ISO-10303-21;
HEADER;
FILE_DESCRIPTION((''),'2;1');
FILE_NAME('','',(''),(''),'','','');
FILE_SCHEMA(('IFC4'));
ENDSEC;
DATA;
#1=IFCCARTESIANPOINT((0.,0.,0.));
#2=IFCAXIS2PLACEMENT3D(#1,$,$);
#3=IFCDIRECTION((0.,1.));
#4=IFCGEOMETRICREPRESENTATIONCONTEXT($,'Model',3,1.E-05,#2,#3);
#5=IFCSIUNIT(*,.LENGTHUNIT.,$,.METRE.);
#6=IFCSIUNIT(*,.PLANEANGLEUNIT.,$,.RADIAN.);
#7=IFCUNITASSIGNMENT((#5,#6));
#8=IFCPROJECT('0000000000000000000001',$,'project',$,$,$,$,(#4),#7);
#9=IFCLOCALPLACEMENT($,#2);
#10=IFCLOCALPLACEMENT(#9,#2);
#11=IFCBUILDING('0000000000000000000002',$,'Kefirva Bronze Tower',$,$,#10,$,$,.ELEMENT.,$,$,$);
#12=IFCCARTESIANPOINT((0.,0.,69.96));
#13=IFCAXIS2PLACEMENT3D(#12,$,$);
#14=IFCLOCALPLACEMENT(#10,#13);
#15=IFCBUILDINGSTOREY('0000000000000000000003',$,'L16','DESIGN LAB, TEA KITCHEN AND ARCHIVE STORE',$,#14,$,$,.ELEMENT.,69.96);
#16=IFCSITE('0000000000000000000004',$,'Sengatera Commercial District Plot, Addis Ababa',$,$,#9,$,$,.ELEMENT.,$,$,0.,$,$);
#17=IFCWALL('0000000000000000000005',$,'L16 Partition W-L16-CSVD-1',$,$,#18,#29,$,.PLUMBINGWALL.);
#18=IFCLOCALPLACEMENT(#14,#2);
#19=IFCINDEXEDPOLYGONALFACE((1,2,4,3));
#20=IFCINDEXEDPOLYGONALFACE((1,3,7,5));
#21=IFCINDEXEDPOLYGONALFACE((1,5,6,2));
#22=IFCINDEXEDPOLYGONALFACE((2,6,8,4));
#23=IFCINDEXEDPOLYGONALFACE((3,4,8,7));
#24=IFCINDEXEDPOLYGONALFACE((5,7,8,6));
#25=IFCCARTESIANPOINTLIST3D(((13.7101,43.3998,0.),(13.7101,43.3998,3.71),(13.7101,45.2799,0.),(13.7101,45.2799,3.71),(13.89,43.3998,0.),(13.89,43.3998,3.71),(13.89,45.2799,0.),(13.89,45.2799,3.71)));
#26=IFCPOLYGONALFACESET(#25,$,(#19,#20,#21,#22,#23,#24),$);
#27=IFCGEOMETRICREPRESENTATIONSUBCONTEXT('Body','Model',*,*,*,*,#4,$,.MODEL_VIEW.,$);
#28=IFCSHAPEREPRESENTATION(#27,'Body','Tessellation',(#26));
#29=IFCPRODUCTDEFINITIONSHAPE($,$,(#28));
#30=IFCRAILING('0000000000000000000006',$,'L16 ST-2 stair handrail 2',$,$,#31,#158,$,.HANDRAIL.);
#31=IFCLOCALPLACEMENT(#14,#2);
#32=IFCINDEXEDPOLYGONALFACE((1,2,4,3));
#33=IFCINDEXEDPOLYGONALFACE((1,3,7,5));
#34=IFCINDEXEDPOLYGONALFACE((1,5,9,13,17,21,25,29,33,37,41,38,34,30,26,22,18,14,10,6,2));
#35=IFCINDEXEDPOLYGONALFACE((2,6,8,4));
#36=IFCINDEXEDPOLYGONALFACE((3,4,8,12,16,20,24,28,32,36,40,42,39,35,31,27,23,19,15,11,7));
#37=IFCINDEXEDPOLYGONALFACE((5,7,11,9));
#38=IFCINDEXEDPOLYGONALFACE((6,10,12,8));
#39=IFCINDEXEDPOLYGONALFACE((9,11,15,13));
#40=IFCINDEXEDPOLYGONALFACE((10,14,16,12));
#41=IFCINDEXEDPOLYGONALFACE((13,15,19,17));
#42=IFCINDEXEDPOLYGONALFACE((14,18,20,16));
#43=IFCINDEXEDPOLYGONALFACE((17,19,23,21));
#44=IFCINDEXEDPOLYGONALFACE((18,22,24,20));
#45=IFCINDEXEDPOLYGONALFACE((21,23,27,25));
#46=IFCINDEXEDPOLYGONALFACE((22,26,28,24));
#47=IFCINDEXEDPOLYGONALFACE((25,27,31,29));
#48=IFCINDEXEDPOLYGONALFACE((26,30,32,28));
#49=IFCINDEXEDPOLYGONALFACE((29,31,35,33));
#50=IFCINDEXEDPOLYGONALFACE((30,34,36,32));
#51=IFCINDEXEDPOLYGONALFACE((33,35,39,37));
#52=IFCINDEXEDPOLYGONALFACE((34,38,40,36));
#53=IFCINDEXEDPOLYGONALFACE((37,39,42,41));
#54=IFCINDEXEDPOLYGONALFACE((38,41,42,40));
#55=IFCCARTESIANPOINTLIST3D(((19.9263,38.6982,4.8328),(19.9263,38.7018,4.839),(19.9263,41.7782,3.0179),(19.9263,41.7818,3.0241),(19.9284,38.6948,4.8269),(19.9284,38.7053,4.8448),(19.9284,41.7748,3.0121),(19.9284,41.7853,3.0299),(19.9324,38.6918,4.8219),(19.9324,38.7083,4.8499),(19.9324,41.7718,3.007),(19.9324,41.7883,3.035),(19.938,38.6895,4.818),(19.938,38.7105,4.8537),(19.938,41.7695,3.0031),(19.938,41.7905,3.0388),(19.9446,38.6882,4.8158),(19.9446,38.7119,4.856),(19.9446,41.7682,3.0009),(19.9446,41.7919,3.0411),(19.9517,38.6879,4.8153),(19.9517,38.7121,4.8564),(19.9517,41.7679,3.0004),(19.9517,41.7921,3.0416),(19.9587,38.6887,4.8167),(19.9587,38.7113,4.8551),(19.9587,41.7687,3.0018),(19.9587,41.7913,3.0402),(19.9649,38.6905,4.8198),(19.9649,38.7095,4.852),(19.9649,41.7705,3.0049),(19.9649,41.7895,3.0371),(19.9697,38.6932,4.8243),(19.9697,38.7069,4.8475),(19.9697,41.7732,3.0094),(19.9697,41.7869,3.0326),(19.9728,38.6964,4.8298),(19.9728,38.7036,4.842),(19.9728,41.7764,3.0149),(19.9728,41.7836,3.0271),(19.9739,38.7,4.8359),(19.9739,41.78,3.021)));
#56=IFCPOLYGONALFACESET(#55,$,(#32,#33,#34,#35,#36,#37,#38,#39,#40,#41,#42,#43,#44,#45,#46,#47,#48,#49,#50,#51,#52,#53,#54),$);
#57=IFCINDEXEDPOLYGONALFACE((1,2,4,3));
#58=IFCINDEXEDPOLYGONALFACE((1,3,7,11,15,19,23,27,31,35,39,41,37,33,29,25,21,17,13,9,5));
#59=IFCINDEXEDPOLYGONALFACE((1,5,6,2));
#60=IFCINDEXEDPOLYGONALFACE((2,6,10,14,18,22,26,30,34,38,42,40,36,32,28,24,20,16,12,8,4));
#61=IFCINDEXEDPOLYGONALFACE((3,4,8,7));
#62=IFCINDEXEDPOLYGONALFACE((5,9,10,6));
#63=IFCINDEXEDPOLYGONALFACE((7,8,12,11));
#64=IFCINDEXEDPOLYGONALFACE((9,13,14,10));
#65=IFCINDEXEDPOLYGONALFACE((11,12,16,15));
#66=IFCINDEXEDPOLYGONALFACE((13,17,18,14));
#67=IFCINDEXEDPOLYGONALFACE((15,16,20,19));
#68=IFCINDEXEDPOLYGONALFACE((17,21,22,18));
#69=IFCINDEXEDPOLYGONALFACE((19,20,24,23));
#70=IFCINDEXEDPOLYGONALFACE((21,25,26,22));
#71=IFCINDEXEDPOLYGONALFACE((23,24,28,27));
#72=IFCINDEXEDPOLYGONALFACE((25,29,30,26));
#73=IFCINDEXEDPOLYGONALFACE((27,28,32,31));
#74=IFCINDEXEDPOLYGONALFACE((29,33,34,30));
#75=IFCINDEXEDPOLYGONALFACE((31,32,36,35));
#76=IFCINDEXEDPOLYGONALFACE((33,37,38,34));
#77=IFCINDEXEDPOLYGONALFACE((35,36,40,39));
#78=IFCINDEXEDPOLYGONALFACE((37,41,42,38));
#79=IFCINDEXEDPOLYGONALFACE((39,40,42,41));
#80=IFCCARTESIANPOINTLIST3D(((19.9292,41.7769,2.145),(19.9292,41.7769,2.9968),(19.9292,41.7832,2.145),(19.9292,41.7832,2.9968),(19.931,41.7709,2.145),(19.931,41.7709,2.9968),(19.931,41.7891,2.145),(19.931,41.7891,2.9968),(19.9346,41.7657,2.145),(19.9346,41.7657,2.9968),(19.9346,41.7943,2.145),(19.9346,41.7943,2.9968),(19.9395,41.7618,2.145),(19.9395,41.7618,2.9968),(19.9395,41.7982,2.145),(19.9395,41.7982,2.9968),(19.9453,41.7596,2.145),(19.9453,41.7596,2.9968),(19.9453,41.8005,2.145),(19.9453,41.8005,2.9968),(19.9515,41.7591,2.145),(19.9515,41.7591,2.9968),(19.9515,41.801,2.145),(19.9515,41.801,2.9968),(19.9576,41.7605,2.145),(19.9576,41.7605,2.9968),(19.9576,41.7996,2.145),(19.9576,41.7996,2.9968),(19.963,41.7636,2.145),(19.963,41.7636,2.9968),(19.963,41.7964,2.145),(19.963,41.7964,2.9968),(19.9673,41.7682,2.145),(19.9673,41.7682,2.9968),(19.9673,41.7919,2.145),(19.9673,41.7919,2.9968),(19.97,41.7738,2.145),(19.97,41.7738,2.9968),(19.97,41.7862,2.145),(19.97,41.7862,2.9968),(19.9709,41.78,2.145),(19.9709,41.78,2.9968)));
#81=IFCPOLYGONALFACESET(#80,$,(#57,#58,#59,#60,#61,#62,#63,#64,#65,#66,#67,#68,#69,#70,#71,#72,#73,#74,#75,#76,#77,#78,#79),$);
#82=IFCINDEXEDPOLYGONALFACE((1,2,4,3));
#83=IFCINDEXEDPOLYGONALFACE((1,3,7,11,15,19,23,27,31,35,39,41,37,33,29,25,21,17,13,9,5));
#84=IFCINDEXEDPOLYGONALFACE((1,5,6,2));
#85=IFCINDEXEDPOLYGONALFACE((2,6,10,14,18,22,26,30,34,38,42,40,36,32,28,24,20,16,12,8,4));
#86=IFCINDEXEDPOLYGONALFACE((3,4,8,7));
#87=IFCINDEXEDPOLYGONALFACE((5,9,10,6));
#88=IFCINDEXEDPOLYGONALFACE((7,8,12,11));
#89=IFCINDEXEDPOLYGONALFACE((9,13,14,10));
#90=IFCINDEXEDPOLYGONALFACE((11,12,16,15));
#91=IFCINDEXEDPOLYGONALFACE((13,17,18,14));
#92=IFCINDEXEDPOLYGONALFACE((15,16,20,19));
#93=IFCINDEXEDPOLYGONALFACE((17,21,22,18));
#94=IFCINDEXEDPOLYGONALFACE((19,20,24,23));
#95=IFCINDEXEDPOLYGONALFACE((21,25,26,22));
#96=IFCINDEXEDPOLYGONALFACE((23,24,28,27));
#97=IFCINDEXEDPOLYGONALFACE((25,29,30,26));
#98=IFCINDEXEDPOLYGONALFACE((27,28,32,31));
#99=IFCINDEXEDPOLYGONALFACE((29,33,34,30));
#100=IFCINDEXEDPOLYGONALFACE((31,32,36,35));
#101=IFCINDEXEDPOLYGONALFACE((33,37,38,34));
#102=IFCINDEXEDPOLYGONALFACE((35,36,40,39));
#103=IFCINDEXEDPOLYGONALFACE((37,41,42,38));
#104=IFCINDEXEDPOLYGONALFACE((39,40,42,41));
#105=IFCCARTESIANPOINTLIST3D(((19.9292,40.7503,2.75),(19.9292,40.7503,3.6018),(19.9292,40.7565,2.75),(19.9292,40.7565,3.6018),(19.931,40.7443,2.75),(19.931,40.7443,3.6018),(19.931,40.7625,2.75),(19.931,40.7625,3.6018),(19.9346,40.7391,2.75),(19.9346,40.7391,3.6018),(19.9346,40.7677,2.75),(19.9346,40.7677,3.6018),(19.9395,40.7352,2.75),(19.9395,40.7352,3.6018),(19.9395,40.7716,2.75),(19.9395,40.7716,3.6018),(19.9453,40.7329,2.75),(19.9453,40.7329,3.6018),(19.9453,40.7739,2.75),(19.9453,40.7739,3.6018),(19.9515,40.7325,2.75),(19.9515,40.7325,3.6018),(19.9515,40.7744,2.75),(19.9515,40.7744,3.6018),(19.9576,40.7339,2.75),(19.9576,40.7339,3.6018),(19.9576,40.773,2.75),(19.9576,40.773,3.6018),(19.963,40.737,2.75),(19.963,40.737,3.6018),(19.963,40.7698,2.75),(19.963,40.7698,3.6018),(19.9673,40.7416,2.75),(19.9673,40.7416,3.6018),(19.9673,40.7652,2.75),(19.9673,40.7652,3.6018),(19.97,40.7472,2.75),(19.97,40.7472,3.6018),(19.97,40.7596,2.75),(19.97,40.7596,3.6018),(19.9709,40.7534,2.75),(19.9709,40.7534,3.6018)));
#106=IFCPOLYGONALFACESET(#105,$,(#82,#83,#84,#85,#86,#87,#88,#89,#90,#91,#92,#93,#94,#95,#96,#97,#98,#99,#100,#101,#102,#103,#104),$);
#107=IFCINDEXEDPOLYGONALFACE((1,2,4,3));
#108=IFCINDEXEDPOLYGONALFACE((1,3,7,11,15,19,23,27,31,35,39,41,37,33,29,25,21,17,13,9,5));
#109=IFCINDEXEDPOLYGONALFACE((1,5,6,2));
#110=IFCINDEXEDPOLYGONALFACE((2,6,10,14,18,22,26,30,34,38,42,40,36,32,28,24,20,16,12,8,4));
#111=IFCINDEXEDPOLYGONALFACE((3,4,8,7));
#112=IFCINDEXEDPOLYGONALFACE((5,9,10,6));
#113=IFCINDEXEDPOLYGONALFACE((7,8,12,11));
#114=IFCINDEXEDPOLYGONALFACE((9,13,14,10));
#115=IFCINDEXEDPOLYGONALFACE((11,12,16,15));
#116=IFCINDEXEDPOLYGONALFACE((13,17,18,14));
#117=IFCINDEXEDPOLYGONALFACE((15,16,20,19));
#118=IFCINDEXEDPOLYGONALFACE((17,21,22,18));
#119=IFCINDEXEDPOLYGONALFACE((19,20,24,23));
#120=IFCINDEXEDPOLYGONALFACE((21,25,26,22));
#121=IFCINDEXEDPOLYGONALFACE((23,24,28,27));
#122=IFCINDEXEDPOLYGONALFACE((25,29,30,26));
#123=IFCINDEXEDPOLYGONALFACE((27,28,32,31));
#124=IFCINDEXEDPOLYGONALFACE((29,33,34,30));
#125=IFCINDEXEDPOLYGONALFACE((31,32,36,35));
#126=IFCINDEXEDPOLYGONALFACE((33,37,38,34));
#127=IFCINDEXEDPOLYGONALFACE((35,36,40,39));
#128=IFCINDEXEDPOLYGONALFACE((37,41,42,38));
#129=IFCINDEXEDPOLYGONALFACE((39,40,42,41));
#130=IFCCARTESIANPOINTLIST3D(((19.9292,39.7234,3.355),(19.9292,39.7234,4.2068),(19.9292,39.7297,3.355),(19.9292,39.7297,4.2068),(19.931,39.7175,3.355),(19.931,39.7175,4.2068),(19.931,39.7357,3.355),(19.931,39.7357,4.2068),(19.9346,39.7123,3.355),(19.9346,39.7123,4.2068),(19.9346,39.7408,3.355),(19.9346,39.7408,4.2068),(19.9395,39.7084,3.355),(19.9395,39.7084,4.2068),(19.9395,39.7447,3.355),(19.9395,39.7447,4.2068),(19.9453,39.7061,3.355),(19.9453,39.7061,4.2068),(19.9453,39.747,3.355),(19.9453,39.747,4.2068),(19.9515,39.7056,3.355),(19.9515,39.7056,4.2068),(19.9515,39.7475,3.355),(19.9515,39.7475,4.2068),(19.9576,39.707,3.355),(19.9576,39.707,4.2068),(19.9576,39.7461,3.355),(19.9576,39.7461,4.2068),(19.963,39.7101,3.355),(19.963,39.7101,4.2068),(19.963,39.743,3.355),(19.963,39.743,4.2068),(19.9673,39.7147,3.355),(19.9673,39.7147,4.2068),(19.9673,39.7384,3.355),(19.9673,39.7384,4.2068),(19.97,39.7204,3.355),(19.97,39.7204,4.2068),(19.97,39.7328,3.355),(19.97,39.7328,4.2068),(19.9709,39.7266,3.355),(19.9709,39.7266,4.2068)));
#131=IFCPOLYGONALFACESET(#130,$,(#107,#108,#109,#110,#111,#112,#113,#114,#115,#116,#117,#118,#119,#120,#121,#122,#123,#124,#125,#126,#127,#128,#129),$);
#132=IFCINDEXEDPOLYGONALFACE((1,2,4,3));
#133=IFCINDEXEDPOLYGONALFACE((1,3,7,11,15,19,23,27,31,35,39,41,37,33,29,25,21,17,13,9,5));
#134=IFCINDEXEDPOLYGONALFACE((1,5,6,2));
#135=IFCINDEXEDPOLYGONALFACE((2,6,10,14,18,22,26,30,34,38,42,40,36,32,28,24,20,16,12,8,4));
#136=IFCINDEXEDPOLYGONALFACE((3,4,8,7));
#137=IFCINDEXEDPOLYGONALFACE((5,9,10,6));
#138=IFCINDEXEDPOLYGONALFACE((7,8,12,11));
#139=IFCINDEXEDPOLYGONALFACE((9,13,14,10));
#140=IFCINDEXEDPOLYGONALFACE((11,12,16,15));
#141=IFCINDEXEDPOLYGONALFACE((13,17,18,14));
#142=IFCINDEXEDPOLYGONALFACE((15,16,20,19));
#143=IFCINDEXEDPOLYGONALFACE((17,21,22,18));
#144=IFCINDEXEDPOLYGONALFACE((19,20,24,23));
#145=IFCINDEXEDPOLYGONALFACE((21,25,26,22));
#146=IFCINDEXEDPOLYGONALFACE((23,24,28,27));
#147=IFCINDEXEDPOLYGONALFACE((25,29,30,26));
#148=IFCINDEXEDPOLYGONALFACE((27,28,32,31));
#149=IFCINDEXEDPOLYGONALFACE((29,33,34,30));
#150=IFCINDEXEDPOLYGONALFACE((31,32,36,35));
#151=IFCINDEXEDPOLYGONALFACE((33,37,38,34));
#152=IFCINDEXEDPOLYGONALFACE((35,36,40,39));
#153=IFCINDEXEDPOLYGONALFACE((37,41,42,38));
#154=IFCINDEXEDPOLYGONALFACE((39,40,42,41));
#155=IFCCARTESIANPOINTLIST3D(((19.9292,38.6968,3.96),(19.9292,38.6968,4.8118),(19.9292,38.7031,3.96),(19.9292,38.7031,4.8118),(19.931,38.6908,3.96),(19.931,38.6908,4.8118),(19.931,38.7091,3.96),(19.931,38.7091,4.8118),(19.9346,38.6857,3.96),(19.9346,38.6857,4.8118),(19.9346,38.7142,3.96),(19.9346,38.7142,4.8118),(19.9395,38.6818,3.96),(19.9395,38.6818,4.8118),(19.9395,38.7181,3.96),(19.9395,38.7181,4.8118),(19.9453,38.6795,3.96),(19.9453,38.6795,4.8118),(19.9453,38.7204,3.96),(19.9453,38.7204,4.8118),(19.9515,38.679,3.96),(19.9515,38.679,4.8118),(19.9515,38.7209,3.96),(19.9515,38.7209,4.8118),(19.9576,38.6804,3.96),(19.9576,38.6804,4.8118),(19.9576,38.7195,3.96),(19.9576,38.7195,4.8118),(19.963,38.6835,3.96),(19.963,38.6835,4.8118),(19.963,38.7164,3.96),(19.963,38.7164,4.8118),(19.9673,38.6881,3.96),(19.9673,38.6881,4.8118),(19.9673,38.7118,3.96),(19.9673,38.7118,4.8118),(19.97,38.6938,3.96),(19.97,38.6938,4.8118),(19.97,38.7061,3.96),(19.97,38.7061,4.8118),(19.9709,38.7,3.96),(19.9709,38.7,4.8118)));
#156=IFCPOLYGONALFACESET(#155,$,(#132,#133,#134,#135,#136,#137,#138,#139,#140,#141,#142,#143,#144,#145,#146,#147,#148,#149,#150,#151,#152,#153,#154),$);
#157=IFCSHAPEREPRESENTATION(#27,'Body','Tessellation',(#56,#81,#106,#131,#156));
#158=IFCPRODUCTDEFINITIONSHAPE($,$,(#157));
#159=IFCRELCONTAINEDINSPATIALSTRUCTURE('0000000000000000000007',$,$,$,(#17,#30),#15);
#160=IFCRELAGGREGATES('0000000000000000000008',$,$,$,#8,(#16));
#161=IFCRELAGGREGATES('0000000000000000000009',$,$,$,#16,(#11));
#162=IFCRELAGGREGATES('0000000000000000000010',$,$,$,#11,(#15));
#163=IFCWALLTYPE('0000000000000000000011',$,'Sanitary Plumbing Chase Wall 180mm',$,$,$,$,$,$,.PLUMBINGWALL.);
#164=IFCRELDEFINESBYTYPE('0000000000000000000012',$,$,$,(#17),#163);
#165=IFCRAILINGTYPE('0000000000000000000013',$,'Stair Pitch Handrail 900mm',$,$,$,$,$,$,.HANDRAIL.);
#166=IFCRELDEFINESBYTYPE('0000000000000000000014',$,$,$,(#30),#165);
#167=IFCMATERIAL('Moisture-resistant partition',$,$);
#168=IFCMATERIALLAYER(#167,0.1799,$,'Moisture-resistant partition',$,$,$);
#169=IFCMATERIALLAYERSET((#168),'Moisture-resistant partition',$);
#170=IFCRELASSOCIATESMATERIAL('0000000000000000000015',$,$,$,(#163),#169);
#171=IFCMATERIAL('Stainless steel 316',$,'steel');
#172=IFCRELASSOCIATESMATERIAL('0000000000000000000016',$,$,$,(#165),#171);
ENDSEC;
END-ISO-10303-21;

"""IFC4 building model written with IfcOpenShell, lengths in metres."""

from ifc_helpers import new_model, si_unit, direction, frame, frame_2d, origin, origin_2d, place, context, subcontext, project, spatial, rectangle, circle, extrude, material, layer, layer_set, type_object, element, save


model = new_model("IFC4")

# Units and contexts
model_context = context("Model", 3, precision=1e-05, world=origin(), true_north=direction((0.0, 1.0)))
body_context = subcontext(model_context, "Body", "Model", "MODEL_VIEW")
ifc_project = project(units=[si_unit("LENGTHUNIT", "METRE"), si_unit("PLANEANGLEUNIT", "RADIAN")], contexts=[model_context])

# Site, building, storey
site_placement = place(None, origin())
site = spatial("IfcSite", under=ifc_project, at=site_placement, Name="Sengatera Commercial District Plot, Addis Ababa", CompositionType="ELEMENT", RefElevation=0.0)
building_placement = place(site_placement, origin())
building = spatial("IfcBuilding", under=site, at=building_placement, Name="Kefirva Bronze Tower", CompositionType="ELEMENT")
storey_placement = place(building_placement, frame((0.0, 0.0, 69.96)))
storey = spatial("IfcBuildingStorey", under=building, at=storey_placement, Name="L16", Description="DESIGN LAB, TEA KITCHEN AND ARCHIVE STORE", CompositionType="ELEMENT", Elevation=69.96)

# Wall
ifc_material_1 = material(Name="Moisture-resistant partition")
ifc_layer_1 = layer(ifc_material_1, 0.1799, Name="Moisture-resistant partition")
ifc_layer_set_1 = layer_set([ifc_layer_1], Name="Moisture-resistant partition")
wall_type_1 = type_object("IfcWallType", Name="Sanitary Plumbing Chase Wall 180mm", PredefinedType="PLUMBINGWALL", material=ifc_layer_set_1)
for number, where, z_axis, x_axis, name in (
    (1, (13.8, 43.3999, 0.0), (0.0, 0.0, 1.0), (0.0, 1.0, 0.0), "L16 Partition W-L16-CSVD-1"),
):
    element("IfcWall", number, at=place(storey_placement, frame(where, z_axis=z_axis, x_axis=x_axis)), inside=storey, type_object=wall_type_1, Name=name, PredefinedType="PLUMBINGWALL", context=body_context, shape_type="SweptSolid", body=[
        extrude(rectangle(XDim=1.8801, YDim=0.1799, at=frame_2d((0.9399, 0.0))), origin(), (0.0, 0.0, 1.0), 3.71),
    ])

# Railing
ifc_material_2 = material(Name="Stainless steel 316", Category="steel")
railing_type = type_object("IfcRailingType", Name="Stair Pitch Handrail 900mm", PredefinedType="HANDRAIL", material=ifc_material_2)
railing_placement = place(storey_placement, frame((19.95, 41.78, 2.145)))
element("IfcRailing", 2, at=railing_placement, inside=storey, type_object=railing_type, Name="L16 ST-2 stair handrail 2", PredefinedType="HANDRAIL", context=body_context, shape_type="SweptSolid", body=[
    extrude(circle(Radius=0.0239, at=origin_2d()), frame((0.0, 0.0, 0.876), z_axis=(0.0, -0.861551, 0.507671), x_axis=(1.0, 0.0, 0.0)), (0.0, 0.0, 1.0), 3.575),
    extrude(circle(Radius=0.021, at=origin_2d()), origin(), (0.0, 0.0, 1.0), 0.8518),
    extrude(circle(Radius=0.021, at=origin_2d()), frame((0.0, -1.0266, 0.605)), (0.0, 0.0, 1.0), 0.8518),
    extrude(circle(Radius=0.021, at=origin_2d()), frame((0.0, -2.0535, 1.21)), (0.0, 0.0, 1.0), 0.8518),
    extrude(circle(Radius=0.021, at=origin_2d()), frame((0.0, -3.0801, 1.8149)), (0.0, 0.0, 1.0), 0.8518),
])

save(model, "model.ifc")
